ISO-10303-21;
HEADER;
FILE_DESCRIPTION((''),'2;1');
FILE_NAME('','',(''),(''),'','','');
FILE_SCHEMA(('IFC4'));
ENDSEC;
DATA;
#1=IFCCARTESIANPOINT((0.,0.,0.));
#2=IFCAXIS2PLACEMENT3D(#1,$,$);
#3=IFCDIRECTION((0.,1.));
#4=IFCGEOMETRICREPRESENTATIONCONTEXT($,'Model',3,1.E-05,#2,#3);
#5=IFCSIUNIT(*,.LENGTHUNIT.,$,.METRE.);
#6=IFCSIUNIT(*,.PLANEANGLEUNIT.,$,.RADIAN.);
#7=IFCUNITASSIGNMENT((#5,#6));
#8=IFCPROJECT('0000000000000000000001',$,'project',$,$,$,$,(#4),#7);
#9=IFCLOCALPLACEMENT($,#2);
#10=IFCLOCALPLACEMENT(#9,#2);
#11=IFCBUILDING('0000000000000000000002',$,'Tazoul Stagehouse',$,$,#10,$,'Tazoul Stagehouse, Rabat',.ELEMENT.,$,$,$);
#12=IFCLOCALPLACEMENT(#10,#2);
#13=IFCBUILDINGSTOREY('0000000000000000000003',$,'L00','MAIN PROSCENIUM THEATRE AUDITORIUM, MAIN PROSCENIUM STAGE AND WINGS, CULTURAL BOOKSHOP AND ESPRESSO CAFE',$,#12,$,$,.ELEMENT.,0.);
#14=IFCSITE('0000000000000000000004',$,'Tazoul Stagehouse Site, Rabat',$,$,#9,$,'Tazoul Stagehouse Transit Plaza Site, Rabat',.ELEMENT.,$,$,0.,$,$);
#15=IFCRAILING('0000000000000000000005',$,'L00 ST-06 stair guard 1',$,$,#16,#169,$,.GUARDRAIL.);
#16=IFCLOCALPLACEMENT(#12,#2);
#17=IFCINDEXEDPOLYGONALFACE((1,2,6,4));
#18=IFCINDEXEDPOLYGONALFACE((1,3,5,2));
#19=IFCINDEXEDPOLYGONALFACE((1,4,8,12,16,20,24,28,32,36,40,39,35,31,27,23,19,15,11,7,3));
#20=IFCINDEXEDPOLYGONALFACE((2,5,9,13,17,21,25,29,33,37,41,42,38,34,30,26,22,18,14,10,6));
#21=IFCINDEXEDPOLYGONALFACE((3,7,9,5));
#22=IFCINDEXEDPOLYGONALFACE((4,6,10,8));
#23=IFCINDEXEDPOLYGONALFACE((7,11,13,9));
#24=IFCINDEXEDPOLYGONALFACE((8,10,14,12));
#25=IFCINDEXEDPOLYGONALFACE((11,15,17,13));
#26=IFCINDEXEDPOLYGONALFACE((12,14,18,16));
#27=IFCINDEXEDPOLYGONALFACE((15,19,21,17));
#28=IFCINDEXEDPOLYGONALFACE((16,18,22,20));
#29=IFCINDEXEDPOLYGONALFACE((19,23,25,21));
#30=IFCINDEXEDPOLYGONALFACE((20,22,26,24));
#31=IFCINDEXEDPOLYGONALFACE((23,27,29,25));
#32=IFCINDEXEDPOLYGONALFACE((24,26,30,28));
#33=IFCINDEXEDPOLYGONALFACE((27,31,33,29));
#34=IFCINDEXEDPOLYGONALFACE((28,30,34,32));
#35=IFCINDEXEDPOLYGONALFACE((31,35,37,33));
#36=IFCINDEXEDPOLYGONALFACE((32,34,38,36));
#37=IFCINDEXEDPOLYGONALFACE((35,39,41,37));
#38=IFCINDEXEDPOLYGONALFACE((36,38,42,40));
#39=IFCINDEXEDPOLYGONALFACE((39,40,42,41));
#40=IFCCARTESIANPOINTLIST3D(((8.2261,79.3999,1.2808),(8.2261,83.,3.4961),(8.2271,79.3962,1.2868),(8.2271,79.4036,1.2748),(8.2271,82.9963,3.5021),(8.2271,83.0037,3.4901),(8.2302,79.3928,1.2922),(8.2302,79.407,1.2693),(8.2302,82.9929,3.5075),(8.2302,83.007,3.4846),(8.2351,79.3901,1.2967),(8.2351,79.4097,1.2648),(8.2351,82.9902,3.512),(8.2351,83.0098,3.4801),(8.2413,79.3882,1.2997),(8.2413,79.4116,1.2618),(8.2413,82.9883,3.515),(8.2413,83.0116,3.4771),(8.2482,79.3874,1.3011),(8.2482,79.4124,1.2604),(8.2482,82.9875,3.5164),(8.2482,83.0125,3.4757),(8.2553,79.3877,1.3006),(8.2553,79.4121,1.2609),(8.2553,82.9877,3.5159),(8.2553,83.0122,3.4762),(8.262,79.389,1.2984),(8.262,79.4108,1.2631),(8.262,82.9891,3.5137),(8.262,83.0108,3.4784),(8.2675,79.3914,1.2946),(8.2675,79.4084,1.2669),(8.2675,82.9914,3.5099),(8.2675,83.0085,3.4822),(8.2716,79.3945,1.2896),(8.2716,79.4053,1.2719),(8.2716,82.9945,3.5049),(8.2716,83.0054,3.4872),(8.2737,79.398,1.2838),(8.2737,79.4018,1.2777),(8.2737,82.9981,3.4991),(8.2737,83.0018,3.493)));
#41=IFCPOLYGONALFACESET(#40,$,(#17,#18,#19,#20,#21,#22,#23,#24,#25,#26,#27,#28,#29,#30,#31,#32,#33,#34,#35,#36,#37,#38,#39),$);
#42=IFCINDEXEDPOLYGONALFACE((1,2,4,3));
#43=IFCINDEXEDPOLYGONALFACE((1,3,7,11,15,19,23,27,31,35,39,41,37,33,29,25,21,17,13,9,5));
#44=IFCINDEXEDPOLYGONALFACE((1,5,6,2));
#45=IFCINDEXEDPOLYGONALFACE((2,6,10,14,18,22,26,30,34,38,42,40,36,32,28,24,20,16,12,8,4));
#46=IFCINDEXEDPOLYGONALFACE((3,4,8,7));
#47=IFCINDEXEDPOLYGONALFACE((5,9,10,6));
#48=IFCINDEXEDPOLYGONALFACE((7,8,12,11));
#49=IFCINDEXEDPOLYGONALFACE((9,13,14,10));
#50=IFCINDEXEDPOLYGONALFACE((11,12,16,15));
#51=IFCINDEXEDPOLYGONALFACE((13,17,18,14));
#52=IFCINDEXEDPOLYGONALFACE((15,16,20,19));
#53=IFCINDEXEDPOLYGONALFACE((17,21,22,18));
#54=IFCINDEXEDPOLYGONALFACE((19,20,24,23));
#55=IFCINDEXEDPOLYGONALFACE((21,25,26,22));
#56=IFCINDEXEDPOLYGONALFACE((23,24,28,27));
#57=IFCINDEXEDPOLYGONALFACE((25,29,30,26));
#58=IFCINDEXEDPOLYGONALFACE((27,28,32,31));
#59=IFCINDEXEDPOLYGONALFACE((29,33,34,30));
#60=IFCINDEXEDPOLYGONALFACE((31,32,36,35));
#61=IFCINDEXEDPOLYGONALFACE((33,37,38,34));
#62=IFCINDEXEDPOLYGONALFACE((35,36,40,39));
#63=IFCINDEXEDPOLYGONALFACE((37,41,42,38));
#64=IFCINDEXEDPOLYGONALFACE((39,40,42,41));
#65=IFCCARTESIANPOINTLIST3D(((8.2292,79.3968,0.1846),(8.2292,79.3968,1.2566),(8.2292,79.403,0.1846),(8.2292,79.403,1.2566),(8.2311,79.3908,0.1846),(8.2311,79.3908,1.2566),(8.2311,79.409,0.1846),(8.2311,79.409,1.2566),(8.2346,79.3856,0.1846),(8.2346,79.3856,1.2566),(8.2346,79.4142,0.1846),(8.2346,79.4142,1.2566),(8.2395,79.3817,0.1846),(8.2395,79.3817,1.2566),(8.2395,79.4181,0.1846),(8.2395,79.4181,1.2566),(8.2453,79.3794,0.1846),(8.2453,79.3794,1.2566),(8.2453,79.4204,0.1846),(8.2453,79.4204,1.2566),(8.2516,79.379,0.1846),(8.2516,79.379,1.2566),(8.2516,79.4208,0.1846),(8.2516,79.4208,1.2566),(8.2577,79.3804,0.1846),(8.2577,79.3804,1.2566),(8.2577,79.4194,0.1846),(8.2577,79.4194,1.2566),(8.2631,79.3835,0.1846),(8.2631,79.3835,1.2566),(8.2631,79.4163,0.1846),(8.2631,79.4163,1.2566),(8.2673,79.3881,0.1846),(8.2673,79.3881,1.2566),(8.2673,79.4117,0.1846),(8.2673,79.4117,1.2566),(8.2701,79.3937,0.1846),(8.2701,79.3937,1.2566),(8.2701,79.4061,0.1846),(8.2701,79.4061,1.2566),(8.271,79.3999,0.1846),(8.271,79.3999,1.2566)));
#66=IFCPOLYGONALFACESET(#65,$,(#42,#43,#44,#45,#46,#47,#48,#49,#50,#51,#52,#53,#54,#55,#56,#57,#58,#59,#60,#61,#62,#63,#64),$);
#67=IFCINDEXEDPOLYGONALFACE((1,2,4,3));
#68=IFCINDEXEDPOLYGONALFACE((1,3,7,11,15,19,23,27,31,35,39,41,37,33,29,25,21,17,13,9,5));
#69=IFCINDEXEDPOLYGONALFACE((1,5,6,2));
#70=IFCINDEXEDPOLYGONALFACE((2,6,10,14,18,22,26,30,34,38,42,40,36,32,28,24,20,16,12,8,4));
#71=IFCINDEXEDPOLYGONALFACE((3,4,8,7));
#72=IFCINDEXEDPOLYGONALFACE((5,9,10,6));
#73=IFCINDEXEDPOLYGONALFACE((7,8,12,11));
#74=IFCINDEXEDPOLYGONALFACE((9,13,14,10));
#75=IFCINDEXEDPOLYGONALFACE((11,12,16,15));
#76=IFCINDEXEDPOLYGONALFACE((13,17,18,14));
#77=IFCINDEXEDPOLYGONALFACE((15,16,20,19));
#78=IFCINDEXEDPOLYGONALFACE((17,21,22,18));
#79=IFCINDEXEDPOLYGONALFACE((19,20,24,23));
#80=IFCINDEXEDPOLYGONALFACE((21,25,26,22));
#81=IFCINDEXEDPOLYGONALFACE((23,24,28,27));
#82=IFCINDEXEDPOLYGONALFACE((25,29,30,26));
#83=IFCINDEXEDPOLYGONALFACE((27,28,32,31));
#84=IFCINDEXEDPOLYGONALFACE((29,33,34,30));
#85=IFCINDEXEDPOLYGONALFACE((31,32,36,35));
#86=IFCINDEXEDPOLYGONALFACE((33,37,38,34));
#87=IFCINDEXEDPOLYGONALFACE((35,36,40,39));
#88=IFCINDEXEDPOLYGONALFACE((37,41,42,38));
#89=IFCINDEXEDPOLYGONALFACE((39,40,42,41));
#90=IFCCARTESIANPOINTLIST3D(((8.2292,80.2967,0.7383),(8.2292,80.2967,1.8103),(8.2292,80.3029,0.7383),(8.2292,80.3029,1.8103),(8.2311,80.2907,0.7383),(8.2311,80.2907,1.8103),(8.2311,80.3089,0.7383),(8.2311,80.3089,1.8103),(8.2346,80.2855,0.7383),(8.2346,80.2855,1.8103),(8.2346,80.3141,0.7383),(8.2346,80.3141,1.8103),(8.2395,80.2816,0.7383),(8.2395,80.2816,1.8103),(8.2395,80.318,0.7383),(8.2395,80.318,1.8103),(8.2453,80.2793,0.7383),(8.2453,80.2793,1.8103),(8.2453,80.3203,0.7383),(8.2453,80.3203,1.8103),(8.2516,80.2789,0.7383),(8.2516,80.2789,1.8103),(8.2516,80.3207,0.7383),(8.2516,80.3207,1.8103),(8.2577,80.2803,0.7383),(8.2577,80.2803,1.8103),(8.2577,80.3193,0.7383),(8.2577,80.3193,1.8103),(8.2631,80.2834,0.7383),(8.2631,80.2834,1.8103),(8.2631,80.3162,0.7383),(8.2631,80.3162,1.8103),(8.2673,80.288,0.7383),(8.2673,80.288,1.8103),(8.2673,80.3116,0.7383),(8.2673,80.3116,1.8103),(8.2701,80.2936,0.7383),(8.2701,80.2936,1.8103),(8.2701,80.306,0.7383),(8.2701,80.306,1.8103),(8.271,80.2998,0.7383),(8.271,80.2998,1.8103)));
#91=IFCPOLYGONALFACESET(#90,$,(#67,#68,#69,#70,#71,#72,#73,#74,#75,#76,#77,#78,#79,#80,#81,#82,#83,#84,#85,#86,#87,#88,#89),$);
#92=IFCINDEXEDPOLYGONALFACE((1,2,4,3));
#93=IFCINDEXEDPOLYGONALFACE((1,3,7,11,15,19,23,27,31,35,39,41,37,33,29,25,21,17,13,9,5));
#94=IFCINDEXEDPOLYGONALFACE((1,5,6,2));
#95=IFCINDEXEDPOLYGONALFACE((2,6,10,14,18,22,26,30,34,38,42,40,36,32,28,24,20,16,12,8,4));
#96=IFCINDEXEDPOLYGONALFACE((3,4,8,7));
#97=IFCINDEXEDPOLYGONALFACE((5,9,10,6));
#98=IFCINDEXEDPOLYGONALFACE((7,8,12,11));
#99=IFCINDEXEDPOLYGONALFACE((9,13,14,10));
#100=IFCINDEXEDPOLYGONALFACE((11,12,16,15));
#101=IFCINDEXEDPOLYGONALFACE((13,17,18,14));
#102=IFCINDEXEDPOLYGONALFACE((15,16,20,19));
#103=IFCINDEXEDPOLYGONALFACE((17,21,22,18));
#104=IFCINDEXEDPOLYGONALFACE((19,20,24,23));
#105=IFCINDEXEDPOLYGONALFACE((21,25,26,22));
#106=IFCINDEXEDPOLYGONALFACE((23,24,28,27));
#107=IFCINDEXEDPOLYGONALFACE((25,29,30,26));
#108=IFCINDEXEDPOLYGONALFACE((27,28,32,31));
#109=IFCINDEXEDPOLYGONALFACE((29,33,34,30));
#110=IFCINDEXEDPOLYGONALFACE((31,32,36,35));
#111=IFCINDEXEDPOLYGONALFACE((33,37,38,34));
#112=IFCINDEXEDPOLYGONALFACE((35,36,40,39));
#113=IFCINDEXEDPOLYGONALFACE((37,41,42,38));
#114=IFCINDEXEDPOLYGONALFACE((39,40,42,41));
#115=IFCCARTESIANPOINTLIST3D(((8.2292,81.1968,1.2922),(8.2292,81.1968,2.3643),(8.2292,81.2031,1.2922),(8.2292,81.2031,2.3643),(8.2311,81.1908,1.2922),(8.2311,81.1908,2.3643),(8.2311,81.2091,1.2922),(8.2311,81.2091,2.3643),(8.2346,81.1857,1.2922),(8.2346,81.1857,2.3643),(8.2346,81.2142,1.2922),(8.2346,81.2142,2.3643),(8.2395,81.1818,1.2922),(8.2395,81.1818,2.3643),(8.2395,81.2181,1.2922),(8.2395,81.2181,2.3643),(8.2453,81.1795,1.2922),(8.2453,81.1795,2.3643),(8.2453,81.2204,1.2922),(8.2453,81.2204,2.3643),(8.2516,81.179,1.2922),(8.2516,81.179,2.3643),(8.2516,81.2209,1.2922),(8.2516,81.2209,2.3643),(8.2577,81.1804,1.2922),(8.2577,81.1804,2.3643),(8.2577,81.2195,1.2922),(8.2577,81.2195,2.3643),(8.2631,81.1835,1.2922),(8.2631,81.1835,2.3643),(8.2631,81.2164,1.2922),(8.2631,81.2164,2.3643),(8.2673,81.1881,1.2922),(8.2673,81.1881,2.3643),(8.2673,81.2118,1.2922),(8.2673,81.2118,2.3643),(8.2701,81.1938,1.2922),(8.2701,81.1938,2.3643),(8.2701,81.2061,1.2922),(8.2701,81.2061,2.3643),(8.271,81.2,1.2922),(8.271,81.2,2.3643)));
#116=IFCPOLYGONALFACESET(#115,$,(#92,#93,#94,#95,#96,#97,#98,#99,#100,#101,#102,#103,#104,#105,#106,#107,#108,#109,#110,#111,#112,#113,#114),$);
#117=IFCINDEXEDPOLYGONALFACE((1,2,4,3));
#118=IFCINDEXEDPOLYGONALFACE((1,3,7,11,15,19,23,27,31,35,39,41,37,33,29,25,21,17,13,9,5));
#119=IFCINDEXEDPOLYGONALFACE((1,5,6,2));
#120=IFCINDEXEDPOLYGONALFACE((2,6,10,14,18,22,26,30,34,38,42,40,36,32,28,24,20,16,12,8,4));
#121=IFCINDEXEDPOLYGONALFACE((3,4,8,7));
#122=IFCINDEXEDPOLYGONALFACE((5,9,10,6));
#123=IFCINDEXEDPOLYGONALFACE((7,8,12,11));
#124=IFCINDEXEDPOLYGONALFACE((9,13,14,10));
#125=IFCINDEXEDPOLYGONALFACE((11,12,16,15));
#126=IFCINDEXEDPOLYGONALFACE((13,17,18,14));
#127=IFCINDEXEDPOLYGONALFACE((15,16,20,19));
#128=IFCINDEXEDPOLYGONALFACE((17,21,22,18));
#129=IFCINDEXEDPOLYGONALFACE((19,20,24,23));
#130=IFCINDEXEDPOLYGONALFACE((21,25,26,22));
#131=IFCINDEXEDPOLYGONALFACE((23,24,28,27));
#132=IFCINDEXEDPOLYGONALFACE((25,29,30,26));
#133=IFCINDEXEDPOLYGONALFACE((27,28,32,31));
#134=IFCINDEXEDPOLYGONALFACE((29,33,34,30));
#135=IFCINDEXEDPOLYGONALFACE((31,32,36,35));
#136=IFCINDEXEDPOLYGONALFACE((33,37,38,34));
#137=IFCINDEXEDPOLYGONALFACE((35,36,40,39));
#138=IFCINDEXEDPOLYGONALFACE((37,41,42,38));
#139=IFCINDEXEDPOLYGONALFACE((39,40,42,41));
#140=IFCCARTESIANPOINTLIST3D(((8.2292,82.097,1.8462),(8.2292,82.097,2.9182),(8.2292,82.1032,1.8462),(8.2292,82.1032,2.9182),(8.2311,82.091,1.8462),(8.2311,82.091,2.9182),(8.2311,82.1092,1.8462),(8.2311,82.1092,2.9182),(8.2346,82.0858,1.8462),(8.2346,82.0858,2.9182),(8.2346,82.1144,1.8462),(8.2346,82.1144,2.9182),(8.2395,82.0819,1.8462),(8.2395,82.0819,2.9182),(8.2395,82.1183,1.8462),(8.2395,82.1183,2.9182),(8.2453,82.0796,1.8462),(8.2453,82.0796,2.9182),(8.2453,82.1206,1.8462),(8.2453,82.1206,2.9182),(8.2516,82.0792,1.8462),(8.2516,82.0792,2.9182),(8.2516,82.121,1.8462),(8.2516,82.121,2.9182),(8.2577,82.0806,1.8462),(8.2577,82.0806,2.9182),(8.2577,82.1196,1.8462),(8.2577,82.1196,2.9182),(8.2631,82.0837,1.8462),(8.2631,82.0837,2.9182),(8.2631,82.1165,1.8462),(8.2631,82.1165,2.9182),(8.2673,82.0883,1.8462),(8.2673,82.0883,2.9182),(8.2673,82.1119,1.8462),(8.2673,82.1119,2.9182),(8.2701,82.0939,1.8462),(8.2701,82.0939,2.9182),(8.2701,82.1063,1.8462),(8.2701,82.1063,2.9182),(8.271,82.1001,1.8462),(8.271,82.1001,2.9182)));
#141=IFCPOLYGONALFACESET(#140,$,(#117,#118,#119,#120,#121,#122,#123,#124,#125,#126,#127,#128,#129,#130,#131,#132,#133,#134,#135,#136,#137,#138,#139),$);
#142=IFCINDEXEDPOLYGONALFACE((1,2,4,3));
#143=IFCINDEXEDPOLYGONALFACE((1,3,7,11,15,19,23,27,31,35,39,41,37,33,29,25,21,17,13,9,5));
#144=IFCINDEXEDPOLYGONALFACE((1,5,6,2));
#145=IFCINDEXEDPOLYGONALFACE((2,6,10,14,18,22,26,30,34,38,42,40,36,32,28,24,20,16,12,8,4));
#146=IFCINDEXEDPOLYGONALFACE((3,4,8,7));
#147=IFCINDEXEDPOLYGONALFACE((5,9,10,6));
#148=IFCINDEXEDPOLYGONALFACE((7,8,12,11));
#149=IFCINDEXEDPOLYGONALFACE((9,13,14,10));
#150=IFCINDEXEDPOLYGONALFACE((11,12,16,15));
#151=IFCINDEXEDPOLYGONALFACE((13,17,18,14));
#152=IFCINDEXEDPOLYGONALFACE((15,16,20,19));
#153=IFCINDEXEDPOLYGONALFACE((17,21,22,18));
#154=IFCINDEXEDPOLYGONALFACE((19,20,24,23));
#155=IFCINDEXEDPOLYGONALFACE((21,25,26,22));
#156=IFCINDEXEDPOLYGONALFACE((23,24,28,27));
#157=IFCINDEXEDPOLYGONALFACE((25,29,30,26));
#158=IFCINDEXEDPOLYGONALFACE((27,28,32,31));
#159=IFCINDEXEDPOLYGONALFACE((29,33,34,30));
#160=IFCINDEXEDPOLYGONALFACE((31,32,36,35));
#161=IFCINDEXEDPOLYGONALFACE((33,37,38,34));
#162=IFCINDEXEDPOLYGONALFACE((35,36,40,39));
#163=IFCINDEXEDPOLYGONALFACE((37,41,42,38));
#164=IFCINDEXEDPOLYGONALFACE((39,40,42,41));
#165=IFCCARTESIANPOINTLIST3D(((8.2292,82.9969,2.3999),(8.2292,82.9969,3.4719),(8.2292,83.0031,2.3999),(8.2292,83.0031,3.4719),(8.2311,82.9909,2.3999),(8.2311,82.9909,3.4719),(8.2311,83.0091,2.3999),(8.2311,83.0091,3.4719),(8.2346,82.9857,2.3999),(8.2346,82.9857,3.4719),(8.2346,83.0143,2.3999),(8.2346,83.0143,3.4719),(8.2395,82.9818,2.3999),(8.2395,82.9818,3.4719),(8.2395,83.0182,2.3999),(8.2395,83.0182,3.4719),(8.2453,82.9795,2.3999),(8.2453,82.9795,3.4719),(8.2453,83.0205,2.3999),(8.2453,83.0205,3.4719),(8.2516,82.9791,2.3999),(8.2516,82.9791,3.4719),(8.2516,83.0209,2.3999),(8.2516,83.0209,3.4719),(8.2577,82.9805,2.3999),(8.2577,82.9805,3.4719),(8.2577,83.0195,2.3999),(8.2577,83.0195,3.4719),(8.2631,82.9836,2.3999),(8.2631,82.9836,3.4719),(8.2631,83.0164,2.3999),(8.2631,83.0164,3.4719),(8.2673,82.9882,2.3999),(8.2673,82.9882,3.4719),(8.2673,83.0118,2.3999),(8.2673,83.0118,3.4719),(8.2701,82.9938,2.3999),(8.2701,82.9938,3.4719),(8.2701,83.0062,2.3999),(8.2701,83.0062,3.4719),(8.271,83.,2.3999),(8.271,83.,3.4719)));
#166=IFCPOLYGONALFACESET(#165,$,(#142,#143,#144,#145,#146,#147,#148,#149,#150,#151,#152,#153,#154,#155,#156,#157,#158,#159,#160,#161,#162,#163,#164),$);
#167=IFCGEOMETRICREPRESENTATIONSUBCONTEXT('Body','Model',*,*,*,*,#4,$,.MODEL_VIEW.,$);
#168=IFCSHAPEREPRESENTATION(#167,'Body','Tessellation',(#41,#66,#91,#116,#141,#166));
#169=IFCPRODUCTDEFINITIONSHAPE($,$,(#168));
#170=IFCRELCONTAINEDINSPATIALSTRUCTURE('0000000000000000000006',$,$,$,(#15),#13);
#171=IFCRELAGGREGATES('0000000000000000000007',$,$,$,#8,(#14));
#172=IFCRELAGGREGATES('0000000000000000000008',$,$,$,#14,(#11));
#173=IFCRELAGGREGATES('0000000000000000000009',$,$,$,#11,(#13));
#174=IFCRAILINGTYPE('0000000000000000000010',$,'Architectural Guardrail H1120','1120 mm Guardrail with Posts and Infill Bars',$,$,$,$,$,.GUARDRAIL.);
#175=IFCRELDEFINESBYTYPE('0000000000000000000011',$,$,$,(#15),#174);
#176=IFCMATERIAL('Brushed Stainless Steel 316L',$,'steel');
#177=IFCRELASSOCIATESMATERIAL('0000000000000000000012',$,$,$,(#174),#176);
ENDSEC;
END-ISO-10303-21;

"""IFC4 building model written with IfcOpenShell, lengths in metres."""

from ifc_helpers import new_model, si_unit, direction, frame, origin, origin_2d, place, context, subcontext, project, spatial, circle, extrude, material, material_profile, profile_set, type_object, element, save


model = new_model("IFC4")

# Units and contexts
model_context = context("Model", 3, precision=1e-05, world=origin(), true_north=direction((0.0, 1.0)))
body_context = subcontext(model_context, "Body", "Model", "MODEL_VIEW")
ifc_project = project(units=[si_unit("LENGTHUNIT", "METRE"), si_unit("PLANEANGLEUNIT", "RADIAN")], contexts=[model_context])

# Site, building, storey
site_placement = place(None, origin())
site = spatial("IfcSite", under=ifc_project, at=site_placement, Name="Tazoul Stagehouse Site, Rabat", LongName="Tazoul Stagehouse Transit Plaza Site, Rabat", CompositionType="ELEMENT", RefElevation=0.0)
building_placement = place(site_placement, origin())
building = spatial("IfcBuilding", under=site, at=building_placement, Name="Tazoul Stagehouse", LongName="Tazoul Stagehouse, Rabat", CompositionType="ELEMENT")
storey_placement = place(building_placement, origin())
storey = spatial("IfcBuildingStorey", under=building, at=storey_placement, Name="L00", Description="MAIN PROSCENIUM THEATRE AUDITORIUM, MAIN PROSCENIUM STAGE AND WINGS, CULTURAL BOOKSHOP AND ESPRESSO CAFE", CompositionType="ELEMENT", Elevation=0.0)

# Railing
ifc_material_1 = material(Name="Brushed Stainless Steel 316L", Category="steel")
ifc_material_profile_1 = material_profile(ifc_material_1, circle(Radius=0.0239, at=origin_2d()), Name="SS RAIL D48")
ifc_profile_set_1 = profile_set([ifc_material_profile_1], Name="Brushed Stainless Steel 316L")
railing_type_1 = type_object("IfcRailingType", Name="Architectural Guardrail H1120", Description="1120 mm Guardrail with Posts and Infill Bars", PredefinedType="GUARDRAIL", material=ifc_profile_set_1)
railing_1_placement = place(storey_placement, frame((8.25, 79.3999, 0.1846)))
element("IfcRailing", 1, at=railing_1_placement, inside=storey, type_object=railing_type_1, Name="L00 ST-06 stair guard 1", PredefinedType="GUARDRAIL", context=body_context, shape_type="SweptSolid", body=[
    extrude(circle(Radius=0.0239, at=origin_2d()), frame((0.0, 0.0, 1.0962), z_axis=(0.0, 0.85167, 0.524078), x_axis=(-1.0, 0.0, 0.0)), (0.0, 0.0, 1.0), 4.2271),
    extrude(circle(Radius=0.021, at=origin_2d()), origin(), (0.0, 0.0, 1.0), 1.072),
    extrude(circle(Radius=0.021, at=origin_2d()), frame((0.0, 0.8999, 0.5537)), (0.0, 0.0, 1.0), 1.072),
    extrude(circle(Radius=0.021, at=origin_2d()), frame((0.0, 1.8, 1.1077)), (0.0, 0.0, 1.0), 1.072),
    extrude(circle(Radius=0.021, at=origin_2d()), frame((0.0, 2.7002, 1.6616)), (0.0, 0.0, 1.0), 1.072),
    extrude(circle(Radius=0.021, at=origin_2d()), frame((0.0, 3.6001, 2.2153)), (0.0, 0.0, 1.0), 1.072),
])

save(model, "model.ifc")
